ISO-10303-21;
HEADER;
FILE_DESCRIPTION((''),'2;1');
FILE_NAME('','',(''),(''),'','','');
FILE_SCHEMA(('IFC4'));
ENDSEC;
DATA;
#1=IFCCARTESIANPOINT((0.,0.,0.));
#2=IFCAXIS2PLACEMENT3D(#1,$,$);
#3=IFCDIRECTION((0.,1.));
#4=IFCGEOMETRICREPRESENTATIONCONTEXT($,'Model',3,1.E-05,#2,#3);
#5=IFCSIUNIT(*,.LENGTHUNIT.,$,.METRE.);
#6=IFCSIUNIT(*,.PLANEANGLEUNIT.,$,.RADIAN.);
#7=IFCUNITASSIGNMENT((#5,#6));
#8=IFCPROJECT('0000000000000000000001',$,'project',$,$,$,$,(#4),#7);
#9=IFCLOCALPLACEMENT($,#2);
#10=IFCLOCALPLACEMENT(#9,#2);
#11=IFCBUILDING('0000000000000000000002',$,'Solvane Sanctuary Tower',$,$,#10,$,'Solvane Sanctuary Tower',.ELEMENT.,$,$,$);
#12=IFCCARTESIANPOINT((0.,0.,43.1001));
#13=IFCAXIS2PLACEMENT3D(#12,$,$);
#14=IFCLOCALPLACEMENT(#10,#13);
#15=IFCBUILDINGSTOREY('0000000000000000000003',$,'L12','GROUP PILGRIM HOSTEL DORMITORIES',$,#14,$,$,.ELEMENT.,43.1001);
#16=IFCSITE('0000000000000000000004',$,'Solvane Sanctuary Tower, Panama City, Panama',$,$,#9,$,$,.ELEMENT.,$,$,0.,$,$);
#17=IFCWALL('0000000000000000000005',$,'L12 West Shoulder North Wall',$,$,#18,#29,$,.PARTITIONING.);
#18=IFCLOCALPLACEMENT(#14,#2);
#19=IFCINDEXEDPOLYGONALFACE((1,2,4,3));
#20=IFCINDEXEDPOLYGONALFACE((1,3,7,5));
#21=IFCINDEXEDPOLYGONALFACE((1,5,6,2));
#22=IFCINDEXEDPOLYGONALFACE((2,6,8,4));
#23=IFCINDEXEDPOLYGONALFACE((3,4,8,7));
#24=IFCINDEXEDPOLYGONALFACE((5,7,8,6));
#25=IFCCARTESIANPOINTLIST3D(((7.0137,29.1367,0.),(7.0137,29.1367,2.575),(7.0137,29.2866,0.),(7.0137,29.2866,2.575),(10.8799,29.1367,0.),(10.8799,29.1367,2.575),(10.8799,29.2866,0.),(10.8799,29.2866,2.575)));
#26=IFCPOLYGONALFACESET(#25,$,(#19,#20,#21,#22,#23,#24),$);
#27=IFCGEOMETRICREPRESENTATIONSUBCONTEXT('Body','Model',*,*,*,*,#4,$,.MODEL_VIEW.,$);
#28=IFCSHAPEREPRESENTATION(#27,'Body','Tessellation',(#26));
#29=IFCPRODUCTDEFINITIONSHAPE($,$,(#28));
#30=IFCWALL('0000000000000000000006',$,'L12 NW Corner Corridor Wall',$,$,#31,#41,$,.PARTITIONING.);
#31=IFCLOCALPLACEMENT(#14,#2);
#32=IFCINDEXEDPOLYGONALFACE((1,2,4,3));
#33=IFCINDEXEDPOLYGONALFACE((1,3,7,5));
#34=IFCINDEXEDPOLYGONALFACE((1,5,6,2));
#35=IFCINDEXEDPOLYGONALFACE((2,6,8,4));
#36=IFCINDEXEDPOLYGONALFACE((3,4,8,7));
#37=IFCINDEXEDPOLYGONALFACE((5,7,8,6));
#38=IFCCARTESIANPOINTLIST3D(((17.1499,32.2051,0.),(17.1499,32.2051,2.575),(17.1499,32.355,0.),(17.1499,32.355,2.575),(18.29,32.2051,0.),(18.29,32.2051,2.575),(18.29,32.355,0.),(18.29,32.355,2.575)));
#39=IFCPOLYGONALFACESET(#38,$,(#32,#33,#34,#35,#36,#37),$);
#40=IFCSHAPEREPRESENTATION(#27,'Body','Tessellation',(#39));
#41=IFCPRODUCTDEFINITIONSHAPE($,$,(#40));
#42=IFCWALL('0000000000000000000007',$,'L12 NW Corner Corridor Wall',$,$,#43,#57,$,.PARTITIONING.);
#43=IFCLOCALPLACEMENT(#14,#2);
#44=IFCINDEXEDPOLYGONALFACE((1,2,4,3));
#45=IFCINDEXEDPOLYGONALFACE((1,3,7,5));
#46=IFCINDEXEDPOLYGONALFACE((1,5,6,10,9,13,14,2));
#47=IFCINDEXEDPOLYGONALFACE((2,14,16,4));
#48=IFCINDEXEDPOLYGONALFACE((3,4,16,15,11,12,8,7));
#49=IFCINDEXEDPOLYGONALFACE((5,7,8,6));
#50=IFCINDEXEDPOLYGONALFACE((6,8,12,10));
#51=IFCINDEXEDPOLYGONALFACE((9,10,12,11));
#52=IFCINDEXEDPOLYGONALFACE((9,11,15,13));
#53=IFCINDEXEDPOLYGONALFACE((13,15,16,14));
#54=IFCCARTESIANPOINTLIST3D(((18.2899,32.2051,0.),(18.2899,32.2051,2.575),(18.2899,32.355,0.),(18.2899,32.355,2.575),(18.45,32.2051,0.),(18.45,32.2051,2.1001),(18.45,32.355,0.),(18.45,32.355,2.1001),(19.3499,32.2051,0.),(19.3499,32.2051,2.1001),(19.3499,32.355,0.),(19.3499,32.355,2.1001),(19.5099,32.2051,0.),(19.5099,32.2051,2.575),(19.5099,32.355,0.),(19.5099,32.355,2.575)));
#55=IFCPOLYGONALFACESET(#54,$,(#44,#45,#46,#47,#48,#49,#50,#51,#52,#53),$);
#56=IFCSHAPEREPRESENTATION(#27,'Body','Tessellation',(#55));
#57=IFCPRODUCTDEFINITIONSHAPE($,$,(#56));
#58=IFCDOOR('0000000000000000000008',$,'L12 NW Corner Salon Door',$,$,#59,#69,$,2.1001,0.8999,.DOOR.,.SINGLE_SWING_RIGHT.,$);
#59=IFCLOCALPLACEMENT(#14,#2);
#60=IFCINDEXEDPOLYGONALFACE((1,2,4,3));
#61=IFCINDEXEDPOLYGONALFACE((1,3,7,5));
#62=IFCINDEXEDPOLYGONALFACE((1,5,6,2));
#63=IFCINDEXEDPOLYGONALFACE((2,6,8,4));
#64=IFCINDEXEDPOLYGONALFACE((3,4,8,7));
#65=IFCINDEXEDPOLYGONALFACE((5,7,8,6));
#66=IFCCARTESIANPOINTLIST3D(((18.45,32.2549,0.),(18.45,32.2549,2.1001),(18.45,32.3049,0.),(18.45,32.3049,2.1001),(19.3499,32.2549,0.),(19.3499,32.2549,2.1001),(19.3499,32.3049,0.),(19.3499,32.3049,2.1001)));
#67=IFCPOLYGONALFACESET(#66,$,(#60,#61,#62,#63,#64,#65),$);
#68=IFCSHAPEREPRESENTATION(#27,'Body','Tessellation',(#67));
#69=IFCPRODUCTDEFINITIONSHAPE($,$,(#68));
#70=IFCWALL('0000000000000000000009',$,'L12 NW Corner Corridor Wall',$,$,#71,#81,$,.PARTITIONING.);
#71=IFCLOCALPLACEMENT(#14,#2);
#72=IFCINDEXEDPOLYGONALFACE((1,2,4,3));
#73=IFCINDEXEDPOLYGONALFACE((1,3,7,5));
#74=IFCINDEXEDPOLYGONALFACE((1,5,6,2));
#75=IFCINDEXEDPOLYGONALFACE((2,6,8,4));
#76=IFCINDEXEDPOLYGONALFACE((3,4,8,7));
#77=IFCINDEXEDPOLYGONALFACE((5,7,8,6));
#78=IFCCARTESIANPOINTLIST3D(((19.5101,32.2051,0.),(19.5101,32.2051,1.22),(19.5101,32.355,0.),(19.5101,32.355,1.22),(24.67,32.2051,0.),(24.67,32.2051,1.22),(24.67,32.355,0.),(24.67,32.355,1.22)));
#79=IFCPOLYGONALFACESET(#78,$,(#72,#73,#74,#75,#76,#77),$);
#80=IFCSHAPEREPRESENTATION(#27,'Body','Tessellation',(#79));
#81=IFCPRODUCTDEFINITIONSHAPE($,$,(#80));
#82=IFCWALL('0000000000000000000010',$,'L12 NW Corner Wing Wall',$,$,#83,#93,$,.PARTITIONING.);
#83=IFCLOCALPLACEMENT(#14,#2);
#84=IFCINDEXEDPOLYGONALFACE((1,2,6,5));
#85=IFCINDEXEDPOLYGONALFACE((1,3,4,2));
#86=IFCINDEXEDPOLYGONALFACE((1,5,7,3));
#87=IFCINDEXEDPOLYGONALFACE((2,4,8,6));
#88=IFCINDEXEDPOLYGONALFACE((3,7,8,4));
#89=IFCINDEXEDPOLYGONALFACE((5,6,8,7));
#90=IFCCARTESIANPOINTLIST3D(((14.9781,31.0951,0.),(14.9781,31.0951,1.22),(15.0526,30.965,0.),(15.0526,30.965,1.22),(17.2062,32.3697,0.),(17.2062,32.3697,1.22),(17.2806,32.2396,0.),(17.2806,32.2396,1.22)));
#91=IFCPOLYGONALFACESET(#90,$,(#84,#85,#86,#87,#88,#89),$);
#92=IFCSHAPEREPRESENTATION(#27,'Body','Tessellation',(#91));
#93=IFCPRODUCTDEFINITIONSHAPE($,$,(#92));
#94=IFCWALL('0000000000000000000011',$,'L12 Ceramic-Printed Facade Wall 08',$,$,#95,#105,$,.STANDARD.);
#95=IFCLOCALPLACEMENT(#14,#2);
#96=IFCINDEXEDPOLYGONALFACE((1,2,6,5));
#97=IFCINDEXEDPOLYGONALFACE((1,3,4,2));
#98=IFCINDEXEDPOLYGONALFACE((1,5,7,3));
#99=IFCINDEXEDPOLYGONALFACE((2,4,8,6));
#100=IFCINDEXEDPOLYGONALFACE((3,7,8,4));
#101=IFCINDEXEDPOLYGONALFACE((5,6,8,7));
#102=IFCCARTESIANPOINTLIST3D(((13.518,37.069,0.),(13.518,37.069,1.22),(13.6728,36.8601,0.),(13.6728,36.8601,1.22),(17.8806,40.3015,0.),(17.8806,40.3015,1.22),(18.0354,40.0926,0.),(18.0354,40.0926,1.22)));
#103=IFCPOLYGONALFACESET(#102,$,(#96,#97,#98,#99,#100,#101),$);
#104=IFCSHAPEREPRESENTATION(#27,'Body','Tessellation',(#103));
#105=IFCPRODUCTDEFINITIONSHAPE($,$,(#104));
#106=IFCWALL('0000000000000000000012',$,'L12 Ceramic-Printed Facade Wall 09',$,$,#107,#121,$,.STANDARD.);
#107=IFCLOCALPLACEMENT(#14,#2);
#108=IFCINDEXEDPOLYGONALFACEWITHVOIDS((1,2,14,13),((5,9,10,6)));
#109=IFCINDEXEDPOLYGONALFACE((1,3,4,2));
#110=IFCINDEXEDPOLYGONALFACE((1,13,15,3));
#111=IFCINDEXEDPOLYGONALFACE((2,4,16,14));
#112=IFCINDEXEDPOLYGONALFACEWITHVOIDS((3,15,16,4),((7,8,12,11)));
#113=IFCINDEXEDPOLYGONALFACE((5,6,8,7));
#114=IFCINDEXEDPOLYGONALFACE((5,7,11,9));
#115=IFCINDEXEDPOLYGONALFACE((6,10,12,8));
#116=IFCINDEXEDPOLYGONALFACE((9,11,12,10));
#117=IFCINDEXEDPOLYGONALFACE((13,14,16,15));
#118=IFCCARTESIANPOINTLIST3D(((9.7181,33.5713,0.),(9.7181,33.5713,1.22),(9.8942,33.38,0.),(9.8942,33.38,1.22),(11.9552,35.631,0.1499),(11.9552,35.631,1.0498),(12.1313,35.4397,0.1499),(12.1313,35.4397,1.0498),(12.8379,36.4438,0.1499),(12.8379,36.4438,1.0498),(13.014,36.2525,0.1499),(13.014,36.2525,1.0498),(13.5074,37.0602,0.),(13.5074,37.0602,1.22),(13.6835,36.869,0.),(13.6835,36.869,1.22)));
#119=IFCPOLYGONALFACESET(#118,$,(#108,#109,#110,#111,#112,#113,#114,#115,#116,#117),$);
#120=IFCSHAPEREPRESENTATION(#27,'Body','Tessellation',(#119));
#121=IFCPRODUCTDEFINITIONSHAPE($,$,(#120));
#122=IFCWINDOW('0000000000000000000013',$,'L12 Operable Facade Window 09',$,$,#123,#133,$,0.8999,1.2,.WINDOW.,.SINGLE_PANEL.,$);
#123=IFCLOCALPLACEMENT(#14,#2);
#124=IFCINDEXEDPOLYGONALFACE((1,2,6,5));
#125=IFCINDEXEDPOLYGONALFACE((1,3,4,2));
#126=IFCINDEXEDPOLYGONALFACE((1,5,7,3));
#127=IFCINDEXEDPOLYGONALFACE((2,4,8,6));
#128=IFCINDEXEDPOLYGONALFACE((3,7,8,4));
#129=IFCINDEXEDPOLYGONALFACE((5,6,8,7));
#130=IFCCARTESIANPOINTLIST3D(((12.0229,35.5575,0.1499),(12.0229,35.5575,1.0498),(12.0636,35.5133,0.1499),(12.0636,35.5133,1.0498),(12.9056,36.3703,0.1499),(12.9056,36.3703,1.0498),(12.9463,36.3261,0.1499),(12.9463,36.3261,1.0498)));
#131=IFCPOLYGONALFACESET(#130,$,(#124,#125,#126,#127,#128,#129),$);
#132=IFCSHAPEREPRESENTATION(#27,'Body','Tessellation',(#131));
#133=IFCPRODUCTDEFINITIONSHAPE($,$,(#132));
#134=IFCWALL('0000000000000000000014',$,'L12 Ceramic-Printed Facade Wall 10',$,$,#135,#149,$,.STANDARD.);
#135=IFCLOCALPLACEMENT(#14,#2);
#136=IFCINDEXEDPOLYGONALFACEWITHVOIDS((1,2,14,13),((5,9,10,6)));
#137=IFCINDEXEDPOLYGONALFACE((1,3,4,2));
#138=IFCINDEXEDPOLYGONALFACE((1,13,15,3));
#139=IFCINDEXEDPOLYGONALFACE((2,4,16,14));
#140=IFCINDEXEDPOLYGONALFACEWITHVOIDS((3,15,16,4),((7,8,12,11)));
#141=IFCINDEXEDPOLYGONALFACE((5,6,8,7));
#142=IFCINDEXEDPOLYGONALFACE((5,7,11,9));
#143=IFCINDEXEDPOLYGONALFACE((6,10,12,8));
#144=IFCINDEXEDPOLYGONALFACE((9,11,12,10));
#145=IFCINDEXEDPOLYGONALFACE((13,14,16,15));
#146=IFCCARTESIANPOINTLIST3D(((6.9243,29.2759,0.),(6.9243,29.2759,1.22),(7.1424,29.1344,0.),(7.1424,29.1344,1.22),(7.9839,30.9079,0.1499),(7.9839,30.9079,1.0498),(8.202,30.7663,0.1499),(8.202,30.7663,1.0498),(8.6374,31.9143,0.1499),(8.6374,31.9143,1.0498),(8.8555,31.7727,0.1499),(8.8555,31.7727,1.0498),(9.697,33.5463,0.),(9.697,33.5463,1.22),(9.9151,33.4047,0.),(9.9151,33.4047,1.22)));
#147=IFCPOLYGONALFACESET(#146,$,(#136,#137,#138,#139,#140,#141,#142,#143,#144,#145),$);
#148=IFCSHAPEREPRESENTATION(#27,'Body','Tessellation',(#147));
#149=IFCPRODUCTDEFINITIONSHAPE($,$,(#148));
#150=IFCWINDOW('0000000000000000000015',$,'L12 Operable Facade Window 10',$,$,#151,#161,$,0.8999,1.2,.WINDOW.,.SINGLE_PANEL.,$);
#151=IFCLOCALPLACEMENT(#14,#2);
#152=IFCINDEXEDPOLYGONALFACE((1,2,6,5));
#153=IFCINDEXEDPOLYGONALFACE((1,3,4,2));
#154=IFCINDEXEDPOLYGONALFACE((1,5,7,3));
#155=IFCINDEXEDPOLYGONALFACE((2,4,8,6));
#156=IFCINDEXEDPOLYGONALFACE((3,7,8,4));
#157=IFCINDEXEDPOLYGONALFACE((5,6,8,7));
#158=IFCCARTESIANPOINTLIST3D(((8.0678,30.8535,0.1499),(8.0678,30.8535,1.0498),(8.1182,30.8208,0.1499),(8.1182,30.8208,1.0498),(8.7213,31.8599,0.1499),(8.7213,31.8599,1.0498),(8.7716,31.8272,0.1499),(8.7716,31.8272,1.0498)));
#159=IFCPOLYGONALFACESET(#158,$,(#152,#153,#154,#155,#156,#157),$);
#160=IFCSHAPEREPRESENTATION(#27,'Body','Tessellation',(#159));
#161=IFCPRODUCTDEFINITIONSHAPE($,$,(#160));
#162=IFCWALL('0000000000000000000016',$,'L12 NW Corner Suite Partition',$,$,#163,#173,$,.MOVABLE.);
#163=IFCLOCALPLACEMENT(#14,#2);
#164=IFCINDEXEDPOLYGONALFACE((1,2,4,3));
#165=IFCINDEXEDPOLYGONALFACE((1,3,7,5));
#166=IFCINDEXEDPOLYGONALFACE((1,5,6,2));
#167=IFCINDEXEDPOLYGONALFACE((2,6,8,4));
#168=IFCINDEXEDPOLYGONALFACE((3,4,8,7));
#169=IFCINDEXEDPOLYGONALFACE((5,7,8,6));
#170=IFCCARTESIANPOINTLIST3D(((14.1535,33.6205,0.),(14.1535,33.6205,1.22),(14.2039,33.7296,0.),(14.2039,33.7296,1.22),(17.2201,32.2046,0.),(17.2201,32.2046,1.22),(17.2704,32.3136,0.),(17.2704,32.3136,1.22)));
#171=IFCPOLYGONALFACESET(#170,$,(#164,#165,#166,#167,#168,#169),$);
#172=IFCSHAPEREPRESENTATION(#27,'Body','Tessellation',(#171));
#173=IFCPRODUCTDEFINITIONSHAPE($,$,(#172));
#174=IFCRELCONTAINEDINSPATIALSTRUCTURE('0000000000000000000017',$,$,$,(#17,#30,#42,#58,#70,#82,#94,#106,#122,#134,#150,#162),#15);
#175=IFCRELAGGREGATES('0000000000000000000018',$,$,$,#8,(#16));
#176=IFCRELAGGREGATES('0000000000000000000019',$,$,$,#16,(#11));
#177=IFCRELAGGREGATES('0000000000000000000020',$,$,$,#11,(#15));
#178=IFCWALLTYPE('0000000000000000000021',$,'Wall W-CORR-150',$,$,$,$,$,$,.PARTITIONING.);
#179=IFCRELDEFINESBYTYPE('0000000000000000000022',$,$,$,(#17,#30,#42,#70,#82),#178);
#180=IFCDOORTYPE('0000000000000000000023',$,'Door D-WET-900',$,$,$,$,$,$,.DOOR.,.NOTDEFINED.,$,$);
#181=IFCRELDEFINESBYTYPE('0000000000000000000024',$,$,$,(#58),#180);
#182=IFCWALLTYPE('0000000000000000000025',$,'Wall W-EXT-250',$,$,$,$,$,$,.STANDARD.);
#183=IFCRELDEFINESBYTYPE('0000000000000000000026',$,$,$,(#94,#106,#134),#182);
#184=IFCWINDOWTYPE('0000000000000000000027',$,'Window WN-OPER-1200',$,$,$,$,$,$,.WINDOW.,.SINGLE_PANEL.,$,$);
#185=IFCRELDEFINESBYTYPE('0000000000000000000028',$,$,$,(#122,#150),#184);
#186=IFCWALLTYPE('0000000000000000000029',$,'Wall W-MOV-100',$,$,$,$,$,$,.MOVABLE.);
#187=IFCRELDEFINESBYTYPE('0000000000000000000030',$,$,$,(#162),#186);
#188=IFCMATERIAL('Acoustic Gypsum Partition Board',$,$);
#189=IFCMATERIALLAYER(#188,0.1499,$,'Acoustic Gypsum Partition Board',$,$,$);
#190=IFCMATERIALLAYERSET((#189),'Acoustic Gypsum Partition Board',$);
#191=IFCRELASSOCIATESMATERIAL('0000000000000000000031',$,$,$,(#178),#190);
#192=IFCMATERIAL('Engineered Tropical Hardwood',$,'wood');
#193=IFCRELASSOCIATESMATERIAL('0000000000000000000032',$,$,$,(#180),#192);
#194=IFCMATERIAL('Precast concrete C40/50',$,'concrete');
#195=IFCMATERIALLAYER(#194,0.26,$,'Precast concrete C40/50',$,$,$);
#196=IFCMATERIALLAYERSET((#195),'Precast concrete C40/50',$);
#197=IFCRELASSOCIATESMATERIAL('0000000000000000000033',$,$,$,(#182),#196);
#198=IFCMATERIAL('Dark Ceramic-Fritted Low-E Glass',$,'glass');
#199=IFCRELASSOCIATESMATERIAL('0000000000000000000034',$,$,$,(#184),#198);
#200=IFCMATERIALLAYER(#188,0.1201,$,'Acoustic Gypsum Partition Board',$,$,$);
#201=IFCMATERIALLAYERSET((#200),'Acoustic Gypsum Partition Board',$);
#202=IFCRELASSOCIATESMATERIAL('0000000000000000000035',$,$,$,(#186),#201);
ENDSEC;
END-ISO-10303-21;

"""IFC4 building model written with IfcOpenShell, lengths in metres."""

from ifc_helpers import new_model, si_unit, direction, frame, frame_2d, origin, place, context, subcontext, project, spatial, rectangle, extrude, material, layer, layer_set, type_object, element, fill, save


model = new_model("IFC4")

# Units and contexts
model_context = context("Model", 3, precision=1e-05, world=origin(), true_north=direction((0.0, 1.0)))
body_context = subcontext(model_context, "Body", "Model", "MODEL_VIEW")
ifc_project = project(units=[si_unit("LENGTHUNIT", "METRE"), si_unit("PLANEANGLEUNIT", "RADIAN")], contexts=[model_context])

# Site, building, storey
site_placement = place(None, origin())
site = spatial("IfcSite", under=ifc_project, at=site_placement, Name="Solvane Sanctuary Tower, Panama City, Panama", CompositionType="ELEMENT", RefElevation=0.0)
building_placement = place(site_placement, origin())
building = spatial("IfcBuilding", under=site, at=building_placement, Name="Solvane Sanctuary Tower", LongName="Solvane Sanctuary Tower", CompositionType="ELEMENT")
storey_placement = place(building_placement, frame((0.0, 0.0, 43.1001)))
storey = spatial("IfcBuildingStorey", under=building, at=storey_placement, Name="L12", Description="GROUP PILGRIM HOSTEL DORMITORIES", CompositionType="ELEMENT", Elevation=43.1001)

# Shared definitions
ifc_material_1 = material(Name="Dark Ceramic-Fritted Low-E Glass", Category="glass")

# Walls
ifc_material_2 = material(Name="Acoustic Gypsum Partition Board")
ifc_layer_1 = layer(ifc_material_2, 0.1499, Name="Acoustic Gypsum Partition Board")
ifc_layer_set_1 = layer_set([ifc_layer_1], Name="Acoustic Gypsum Partition Board")
wall_type_1 = type_object("IfcWallType", Name="Wall W-CORR-150", PredefinedType="PARTITIONING", material=ifc_layer_set_1)
wall_1_placement = place(storey_placement, frame((7.0137, 29.2117, 0.0), z_axis=(0.0, 0.0, 1.0), x_axis=(1.0, 0.0, 0.0)))
element("IfcWall", 1, at=wall_1_placement, inside=storey, type_object=wall_type_1, Name="L12 West Shoulder North Wall", PredefinedType="PARTITIONING", context=body_context, shape_type="SweptSolid", body=[
    extrude(rectangle(XDim=3.8662, YDim=0.1499, at=frame_2d((1.9331, 0.0))), origin(), (0.0, 0.0, 1.0), 2.575),
])
wall_2_placement = place(storey_placement, frame((17.1499, 32.28, 0.0), z_axis=(0.0, 0.0, 1.0), x_axis=(1.0, 0.0, 0.0)))
element("IfcWall", 2, at=wall_2_placement, inside=storey, type_object=wall_type_1, Name="L12 NW Corner Corridor Wall", PredefinedType="PARTITIONING", context=body_context, shape_type="SweptSolid", body=[
    extrude(rectangle(XDim=1.1401, YDim=0.1499, at=frame_2d((0.5701, 0.0))), origin(), (0.0, 0.0, 1.0), 2.575),
])

# Wall, opening, door
wall_3_placement = place(storey_placement, frame((18.29, 32.28, 0.0), z_axis=(0.0, 0.0, 1.0), x_axis=(1.0, 0.0, 0.0)))
wall_3 = element("IfcWall", 3, at=wall_3_placement, inside=storey, type_object=wall_type_1, Name="L12 NW Corner Corridor Wall", PredefinedType="PARTITIONING", context=body_context, shape_type="SweptSolid", body=[
    extrude(rectangle(XDim=1.22, YDim=0.1499, at=frame_2d((0.6099, 0.0))), origin(), (0.0, 0.0, 1.0), 2.575),
])
opening_1_placement = place(wall_3_placement, frame((0.1599, 0.0, 0.0)))
opening_1 = element("IfcOpeningElement", 4, at=opening_1_placement, cuts=wall_3, PredefinedType="OPENING", context=body_context, shape_type="SweptSolid", body=[
    extrude(rectangle(XDim=0.8999, YDim=2.1001, at=frame_2d((0.45, 1.05))), frame((0.0, 0.085, 0.0), z_axis=(0.0, -1.0, 0.0), x_axis=(1.0, 0.0, 0.0)), (0.0, 0.0, 1.0), 0.1699),
])
ifc_material_3 = material(Name="Engineered Tropical Hardwood", Category="wood")
door_type_1 = type_object("IfcDoorType", Name="Door D-WET-900", OperationType="NOTDEFINED", PredefinedType="DOOR", material=ifc_material_3)
door_1_placement = place(opening_1_placement, origin())
door_1 = element("IfcDoor", 5, at=door_1_placement, inside=storey, type_object=door_type_1, Name="L12 NW Corner Salon Door", OperationType="SINGLE_SWING_RIGHT", OverallHeight=2.1001, OverallWidth=0.8999, PredefinedType="DOOR", context=body_context, shape_type="SweptSolid", body=[
    extrude(rectangle(XDim=0.8999, YDim=2.1001, at=frame_2d((0.45, 1.05))), frame((0.0, 0.0249, 0.0), z_axis=(0.0, -1.0, 0.0), x_axis=(1.0, 0.0, 0.0)), (0.0, 0.0, 1.0), 0.05),
])
fill(opening_1, door_1)

# Walls
wall_4_placement = place(storey_placement, frame((19.51, 32.28, 0.0), z_axis=(0.0, 0.0, 1.0), x_axis=(1.0, 0.0, 0.0)))
element("IfcWall", 6, at=wall_4_placement, inside=storey, type_object=wall_type_1, Name="L12 NW Corner Corridor Wall", PredefinedType="PARTITIONING", context=body_context, shape_type="SweptSolid", body=[
    extrude(rectangle(XDim=5.1599, YDim=0.1499, at=frame_2d((2.5801, 0.0))), origin(), (0.0, 0.0, 1.0), 1.22),
])
wall_5_placement = place(storey_placement, frame((17.2434, 32.3047, 0.0), z_axis=(0.0, 0.0, 1.0), x_axis=(-0.867991, -0.496579, 0.0)))
element("IfcWall", 7, at=wall_5_placement, inside=storey, type_object=wall_type_1, Name="L12 NW Corner Wing Wall", PredefinedType="PARTITIONING", context=body_context, shape_type="SweptSolid", body=[
    extrude(rectangle(XDim=2.5669, YDim=0.1499, at=frame_2d((1.2834, 0.0))), origin(), (0.0, 0.0, 1.0), 1.22),
])
ifc_material_4 = material(Name="Precast concrete C40/50", Category="concrete")
ifc_layer_2 = layer(ifc_material_4, 0.26, Name="Precast concrete C40/50")
ifc_layer_set_2 = layer_set([ifc_layer_2], Name="Precast concrete C40/50")
wall_type_2 = type_object("IfcWallType", Name="Wall W-EXT-250", PredefinedType="STANDARD", material=ifc_layer_set_2)
wall_6_placement = place(storey_placement, frame((17.958, 40.197, 0.0), z_axis=(0.0, 0.0, 1.0), x_axis=(-0.803478, -0.595335, 0.0)))
element("IfcWall", 8, at=wall_6_placement, inside=storey, type_object=wall_type_2, Name="L12 Ceramic-Printed Facade Wall 08", PredefinedType="STANDARD", context=body_context, shape_type="SweptSolid", body=[
    extrude(rectangle(XDim=5.4297, YDim=0.26, at=frame_2d((2.7148, 0.0))), origin(), (0.0, 0.0, 1.0), 1.22),
])

# Walls, openings, windows
wall_7_placement = place(storey_placement, frame((13.5955, 36.9646, 0.0), z_axis=(0.0, 0.0, 1.0), x_axis=(-0.735655, -0.677356, 0.0)))
wall_7 = element("IfcWall", 9, at=wall_7_placement, inside=storey, type_object=wall_type_2, Name="L12 Ceramic-Printed Facade Wall 09", PredefinedType="STANDARD", context=body_context, shape_type="SweptSolid", body=[
    extrude(rectangle(XDim=5.1509, YDim=0.26, at=frame_2d((2.5754, 0.0))), origin(), (0.0, 0.0, 1.0), 1.22),
])
opening_2_placement = place(wall_7_placement, frame((0.9099, 0.0, 0.1499)))
opening_2 = element("IfcOpeningElement", 10, at=opening_2_placement, cuts=wall_7, PredefinedType="OPENING", context=body_context, shape_type="SweptSolid", body=[
    extrude(rectangle(XDim=1.2, YDim=0.8999, at=frame_2d((0.6001, 0.45))), frame((0.0, 0.1399, 0.0), z_axis=(0.0, -1.0, 0.0), x_axis=(1.0, 0.0, 0.0)), (0.0, 0.0, 1.0), 0.28),
])
window_type = type_object("IfcWindowType", Name="Window WN-OPER-1200", PartitioningType="SINGLE_PANEL", PredefinedType="WINDOW", material=ifc_material_1)
window_1_placement = place(opening_2_placement, origin())
window_1 = element("IfcWindow", 11, at=window_1_placement, inside=storey, type_object=window_type, Name="L12 Operable Facade Window 09", OverallHeight=0.8999, OverallWidth=1.2, PartitioningType="SINGLE_PANEL", PredefinedType="WINDOW", context=body_context, shape_type="SweptSolid", body=[
    extrude(rectangle(XDim=1.2, YDim=0.8999, at=frame_2d((0.6001, 0.45))), frame((0.0, 0.03, 0.0), z_axis=(0.0, -1.0, 0.0), x_axis=(1.0, 0.0, 0.0)), (0.0, 0.0, 1.0), 0.0601),
])
fill(opening_2, window_1)
wall_8_placement = place(storey_placement, frame((9.8062, 33.4756, 0.0), z_axis=(0.0, 0.0, 1.0), x_axis=(-0.544579, -0.83871, 0.0)))
wall_8 = element("IfcWall", 12, at=wall_8_placement, inside=storey, type_object=wall_type_2, Name="L12 Ceramic-Printed Facade Wall 10", PredefinedType="STANDARD", context=body_context, shape_type="SweptSolid", body=[
    extrude(rectangle(XDim=5.0916, YDim=0.26, at=frame_2d((2.5459, 0.0))), origin(), (0.0, 0.0, 1.0), 1.22),
])
opening_3_placement = place(wall_8_placement, frame((1.9458, 0.0, 0.1499)))
opening_3 = element("IfcOpeningElement", 13, at=opening_3_placement, cuts=wall_8, PredefinedType="OPENING", context=body_context, shape_type="SweptSolid", body=[
    extrude(rectangle(XDim=1.2, YDim=0.8999, at=frame_2d((0.6001, 0.45))), frame((0.0, 0.1399, 0.0), z_axis=(0.0, -1.0, 0.0), x_axis=(1.0, 0.0, 0.0)), (0.0, 0.0, 1.0), 0.28),
])
window_2_placement = place(opening_3_placement, origin())
window_2 = element("IfcWindow", 14, at=window_2_placement, inside=storey, type_object=window_type, Name="L12 Operable Facade Window 10", OverallHeight=0.8999, OverallWidth=1.2, PartitioningType="SINGLE_PANEL", PredefinedType="WINDOW", context=body_context, shape_type="SweptSolid", body=[
    extrude(rectangle(XDim=1.2, YDim=0.8999, at=frame_2d((0.6001, 0.45))), frame((0.0, 0.03, 0.0), z_axis=(0.0, -1.0, 0.0), x_axis=(1.0, 0.0, 0.0)), (0.0, 0.0, 1.0), 0.0601),
])
fill(opening_3, window_2)

# Wall
ifc_layer_3 = layer(ifc_material_2, 0.1201, Name="Acoustic Gypsum Partition Board")
ifc_layer_set_3 = layer_set([ifc_layer_3], Name="Acoustic Gypsum Partition Board")
wall_type_3 = type_object("IfcWallType", Name="Wall W-MOV-100", PredefinedType="MOVABLE", material=ifc_layer_set_3)
wall_9_placement = place(storey_placement, frame((17.2454, 32.259, 0.0), z_axis=(0.0, 0.0, 1.0), x_axis=(-0.907887, 0.419214, 0.0)))
element("IfcWall", 15, at=wall_9_placement, inside=storey, type_object=wall_type_3, Name="L12 NW Corner Suite Partition", PredefinedType="MOVABLE", context=body_context, shape_type="SweptSolid", body=[
    extrude(rectangle(XDim=3.3777, YDim=0.1201, at=frame_2d((1.689, 0.0))), origin(), (0.0, 0.0, 1.0), 1.22),
])

save(model, "model.ifc")
